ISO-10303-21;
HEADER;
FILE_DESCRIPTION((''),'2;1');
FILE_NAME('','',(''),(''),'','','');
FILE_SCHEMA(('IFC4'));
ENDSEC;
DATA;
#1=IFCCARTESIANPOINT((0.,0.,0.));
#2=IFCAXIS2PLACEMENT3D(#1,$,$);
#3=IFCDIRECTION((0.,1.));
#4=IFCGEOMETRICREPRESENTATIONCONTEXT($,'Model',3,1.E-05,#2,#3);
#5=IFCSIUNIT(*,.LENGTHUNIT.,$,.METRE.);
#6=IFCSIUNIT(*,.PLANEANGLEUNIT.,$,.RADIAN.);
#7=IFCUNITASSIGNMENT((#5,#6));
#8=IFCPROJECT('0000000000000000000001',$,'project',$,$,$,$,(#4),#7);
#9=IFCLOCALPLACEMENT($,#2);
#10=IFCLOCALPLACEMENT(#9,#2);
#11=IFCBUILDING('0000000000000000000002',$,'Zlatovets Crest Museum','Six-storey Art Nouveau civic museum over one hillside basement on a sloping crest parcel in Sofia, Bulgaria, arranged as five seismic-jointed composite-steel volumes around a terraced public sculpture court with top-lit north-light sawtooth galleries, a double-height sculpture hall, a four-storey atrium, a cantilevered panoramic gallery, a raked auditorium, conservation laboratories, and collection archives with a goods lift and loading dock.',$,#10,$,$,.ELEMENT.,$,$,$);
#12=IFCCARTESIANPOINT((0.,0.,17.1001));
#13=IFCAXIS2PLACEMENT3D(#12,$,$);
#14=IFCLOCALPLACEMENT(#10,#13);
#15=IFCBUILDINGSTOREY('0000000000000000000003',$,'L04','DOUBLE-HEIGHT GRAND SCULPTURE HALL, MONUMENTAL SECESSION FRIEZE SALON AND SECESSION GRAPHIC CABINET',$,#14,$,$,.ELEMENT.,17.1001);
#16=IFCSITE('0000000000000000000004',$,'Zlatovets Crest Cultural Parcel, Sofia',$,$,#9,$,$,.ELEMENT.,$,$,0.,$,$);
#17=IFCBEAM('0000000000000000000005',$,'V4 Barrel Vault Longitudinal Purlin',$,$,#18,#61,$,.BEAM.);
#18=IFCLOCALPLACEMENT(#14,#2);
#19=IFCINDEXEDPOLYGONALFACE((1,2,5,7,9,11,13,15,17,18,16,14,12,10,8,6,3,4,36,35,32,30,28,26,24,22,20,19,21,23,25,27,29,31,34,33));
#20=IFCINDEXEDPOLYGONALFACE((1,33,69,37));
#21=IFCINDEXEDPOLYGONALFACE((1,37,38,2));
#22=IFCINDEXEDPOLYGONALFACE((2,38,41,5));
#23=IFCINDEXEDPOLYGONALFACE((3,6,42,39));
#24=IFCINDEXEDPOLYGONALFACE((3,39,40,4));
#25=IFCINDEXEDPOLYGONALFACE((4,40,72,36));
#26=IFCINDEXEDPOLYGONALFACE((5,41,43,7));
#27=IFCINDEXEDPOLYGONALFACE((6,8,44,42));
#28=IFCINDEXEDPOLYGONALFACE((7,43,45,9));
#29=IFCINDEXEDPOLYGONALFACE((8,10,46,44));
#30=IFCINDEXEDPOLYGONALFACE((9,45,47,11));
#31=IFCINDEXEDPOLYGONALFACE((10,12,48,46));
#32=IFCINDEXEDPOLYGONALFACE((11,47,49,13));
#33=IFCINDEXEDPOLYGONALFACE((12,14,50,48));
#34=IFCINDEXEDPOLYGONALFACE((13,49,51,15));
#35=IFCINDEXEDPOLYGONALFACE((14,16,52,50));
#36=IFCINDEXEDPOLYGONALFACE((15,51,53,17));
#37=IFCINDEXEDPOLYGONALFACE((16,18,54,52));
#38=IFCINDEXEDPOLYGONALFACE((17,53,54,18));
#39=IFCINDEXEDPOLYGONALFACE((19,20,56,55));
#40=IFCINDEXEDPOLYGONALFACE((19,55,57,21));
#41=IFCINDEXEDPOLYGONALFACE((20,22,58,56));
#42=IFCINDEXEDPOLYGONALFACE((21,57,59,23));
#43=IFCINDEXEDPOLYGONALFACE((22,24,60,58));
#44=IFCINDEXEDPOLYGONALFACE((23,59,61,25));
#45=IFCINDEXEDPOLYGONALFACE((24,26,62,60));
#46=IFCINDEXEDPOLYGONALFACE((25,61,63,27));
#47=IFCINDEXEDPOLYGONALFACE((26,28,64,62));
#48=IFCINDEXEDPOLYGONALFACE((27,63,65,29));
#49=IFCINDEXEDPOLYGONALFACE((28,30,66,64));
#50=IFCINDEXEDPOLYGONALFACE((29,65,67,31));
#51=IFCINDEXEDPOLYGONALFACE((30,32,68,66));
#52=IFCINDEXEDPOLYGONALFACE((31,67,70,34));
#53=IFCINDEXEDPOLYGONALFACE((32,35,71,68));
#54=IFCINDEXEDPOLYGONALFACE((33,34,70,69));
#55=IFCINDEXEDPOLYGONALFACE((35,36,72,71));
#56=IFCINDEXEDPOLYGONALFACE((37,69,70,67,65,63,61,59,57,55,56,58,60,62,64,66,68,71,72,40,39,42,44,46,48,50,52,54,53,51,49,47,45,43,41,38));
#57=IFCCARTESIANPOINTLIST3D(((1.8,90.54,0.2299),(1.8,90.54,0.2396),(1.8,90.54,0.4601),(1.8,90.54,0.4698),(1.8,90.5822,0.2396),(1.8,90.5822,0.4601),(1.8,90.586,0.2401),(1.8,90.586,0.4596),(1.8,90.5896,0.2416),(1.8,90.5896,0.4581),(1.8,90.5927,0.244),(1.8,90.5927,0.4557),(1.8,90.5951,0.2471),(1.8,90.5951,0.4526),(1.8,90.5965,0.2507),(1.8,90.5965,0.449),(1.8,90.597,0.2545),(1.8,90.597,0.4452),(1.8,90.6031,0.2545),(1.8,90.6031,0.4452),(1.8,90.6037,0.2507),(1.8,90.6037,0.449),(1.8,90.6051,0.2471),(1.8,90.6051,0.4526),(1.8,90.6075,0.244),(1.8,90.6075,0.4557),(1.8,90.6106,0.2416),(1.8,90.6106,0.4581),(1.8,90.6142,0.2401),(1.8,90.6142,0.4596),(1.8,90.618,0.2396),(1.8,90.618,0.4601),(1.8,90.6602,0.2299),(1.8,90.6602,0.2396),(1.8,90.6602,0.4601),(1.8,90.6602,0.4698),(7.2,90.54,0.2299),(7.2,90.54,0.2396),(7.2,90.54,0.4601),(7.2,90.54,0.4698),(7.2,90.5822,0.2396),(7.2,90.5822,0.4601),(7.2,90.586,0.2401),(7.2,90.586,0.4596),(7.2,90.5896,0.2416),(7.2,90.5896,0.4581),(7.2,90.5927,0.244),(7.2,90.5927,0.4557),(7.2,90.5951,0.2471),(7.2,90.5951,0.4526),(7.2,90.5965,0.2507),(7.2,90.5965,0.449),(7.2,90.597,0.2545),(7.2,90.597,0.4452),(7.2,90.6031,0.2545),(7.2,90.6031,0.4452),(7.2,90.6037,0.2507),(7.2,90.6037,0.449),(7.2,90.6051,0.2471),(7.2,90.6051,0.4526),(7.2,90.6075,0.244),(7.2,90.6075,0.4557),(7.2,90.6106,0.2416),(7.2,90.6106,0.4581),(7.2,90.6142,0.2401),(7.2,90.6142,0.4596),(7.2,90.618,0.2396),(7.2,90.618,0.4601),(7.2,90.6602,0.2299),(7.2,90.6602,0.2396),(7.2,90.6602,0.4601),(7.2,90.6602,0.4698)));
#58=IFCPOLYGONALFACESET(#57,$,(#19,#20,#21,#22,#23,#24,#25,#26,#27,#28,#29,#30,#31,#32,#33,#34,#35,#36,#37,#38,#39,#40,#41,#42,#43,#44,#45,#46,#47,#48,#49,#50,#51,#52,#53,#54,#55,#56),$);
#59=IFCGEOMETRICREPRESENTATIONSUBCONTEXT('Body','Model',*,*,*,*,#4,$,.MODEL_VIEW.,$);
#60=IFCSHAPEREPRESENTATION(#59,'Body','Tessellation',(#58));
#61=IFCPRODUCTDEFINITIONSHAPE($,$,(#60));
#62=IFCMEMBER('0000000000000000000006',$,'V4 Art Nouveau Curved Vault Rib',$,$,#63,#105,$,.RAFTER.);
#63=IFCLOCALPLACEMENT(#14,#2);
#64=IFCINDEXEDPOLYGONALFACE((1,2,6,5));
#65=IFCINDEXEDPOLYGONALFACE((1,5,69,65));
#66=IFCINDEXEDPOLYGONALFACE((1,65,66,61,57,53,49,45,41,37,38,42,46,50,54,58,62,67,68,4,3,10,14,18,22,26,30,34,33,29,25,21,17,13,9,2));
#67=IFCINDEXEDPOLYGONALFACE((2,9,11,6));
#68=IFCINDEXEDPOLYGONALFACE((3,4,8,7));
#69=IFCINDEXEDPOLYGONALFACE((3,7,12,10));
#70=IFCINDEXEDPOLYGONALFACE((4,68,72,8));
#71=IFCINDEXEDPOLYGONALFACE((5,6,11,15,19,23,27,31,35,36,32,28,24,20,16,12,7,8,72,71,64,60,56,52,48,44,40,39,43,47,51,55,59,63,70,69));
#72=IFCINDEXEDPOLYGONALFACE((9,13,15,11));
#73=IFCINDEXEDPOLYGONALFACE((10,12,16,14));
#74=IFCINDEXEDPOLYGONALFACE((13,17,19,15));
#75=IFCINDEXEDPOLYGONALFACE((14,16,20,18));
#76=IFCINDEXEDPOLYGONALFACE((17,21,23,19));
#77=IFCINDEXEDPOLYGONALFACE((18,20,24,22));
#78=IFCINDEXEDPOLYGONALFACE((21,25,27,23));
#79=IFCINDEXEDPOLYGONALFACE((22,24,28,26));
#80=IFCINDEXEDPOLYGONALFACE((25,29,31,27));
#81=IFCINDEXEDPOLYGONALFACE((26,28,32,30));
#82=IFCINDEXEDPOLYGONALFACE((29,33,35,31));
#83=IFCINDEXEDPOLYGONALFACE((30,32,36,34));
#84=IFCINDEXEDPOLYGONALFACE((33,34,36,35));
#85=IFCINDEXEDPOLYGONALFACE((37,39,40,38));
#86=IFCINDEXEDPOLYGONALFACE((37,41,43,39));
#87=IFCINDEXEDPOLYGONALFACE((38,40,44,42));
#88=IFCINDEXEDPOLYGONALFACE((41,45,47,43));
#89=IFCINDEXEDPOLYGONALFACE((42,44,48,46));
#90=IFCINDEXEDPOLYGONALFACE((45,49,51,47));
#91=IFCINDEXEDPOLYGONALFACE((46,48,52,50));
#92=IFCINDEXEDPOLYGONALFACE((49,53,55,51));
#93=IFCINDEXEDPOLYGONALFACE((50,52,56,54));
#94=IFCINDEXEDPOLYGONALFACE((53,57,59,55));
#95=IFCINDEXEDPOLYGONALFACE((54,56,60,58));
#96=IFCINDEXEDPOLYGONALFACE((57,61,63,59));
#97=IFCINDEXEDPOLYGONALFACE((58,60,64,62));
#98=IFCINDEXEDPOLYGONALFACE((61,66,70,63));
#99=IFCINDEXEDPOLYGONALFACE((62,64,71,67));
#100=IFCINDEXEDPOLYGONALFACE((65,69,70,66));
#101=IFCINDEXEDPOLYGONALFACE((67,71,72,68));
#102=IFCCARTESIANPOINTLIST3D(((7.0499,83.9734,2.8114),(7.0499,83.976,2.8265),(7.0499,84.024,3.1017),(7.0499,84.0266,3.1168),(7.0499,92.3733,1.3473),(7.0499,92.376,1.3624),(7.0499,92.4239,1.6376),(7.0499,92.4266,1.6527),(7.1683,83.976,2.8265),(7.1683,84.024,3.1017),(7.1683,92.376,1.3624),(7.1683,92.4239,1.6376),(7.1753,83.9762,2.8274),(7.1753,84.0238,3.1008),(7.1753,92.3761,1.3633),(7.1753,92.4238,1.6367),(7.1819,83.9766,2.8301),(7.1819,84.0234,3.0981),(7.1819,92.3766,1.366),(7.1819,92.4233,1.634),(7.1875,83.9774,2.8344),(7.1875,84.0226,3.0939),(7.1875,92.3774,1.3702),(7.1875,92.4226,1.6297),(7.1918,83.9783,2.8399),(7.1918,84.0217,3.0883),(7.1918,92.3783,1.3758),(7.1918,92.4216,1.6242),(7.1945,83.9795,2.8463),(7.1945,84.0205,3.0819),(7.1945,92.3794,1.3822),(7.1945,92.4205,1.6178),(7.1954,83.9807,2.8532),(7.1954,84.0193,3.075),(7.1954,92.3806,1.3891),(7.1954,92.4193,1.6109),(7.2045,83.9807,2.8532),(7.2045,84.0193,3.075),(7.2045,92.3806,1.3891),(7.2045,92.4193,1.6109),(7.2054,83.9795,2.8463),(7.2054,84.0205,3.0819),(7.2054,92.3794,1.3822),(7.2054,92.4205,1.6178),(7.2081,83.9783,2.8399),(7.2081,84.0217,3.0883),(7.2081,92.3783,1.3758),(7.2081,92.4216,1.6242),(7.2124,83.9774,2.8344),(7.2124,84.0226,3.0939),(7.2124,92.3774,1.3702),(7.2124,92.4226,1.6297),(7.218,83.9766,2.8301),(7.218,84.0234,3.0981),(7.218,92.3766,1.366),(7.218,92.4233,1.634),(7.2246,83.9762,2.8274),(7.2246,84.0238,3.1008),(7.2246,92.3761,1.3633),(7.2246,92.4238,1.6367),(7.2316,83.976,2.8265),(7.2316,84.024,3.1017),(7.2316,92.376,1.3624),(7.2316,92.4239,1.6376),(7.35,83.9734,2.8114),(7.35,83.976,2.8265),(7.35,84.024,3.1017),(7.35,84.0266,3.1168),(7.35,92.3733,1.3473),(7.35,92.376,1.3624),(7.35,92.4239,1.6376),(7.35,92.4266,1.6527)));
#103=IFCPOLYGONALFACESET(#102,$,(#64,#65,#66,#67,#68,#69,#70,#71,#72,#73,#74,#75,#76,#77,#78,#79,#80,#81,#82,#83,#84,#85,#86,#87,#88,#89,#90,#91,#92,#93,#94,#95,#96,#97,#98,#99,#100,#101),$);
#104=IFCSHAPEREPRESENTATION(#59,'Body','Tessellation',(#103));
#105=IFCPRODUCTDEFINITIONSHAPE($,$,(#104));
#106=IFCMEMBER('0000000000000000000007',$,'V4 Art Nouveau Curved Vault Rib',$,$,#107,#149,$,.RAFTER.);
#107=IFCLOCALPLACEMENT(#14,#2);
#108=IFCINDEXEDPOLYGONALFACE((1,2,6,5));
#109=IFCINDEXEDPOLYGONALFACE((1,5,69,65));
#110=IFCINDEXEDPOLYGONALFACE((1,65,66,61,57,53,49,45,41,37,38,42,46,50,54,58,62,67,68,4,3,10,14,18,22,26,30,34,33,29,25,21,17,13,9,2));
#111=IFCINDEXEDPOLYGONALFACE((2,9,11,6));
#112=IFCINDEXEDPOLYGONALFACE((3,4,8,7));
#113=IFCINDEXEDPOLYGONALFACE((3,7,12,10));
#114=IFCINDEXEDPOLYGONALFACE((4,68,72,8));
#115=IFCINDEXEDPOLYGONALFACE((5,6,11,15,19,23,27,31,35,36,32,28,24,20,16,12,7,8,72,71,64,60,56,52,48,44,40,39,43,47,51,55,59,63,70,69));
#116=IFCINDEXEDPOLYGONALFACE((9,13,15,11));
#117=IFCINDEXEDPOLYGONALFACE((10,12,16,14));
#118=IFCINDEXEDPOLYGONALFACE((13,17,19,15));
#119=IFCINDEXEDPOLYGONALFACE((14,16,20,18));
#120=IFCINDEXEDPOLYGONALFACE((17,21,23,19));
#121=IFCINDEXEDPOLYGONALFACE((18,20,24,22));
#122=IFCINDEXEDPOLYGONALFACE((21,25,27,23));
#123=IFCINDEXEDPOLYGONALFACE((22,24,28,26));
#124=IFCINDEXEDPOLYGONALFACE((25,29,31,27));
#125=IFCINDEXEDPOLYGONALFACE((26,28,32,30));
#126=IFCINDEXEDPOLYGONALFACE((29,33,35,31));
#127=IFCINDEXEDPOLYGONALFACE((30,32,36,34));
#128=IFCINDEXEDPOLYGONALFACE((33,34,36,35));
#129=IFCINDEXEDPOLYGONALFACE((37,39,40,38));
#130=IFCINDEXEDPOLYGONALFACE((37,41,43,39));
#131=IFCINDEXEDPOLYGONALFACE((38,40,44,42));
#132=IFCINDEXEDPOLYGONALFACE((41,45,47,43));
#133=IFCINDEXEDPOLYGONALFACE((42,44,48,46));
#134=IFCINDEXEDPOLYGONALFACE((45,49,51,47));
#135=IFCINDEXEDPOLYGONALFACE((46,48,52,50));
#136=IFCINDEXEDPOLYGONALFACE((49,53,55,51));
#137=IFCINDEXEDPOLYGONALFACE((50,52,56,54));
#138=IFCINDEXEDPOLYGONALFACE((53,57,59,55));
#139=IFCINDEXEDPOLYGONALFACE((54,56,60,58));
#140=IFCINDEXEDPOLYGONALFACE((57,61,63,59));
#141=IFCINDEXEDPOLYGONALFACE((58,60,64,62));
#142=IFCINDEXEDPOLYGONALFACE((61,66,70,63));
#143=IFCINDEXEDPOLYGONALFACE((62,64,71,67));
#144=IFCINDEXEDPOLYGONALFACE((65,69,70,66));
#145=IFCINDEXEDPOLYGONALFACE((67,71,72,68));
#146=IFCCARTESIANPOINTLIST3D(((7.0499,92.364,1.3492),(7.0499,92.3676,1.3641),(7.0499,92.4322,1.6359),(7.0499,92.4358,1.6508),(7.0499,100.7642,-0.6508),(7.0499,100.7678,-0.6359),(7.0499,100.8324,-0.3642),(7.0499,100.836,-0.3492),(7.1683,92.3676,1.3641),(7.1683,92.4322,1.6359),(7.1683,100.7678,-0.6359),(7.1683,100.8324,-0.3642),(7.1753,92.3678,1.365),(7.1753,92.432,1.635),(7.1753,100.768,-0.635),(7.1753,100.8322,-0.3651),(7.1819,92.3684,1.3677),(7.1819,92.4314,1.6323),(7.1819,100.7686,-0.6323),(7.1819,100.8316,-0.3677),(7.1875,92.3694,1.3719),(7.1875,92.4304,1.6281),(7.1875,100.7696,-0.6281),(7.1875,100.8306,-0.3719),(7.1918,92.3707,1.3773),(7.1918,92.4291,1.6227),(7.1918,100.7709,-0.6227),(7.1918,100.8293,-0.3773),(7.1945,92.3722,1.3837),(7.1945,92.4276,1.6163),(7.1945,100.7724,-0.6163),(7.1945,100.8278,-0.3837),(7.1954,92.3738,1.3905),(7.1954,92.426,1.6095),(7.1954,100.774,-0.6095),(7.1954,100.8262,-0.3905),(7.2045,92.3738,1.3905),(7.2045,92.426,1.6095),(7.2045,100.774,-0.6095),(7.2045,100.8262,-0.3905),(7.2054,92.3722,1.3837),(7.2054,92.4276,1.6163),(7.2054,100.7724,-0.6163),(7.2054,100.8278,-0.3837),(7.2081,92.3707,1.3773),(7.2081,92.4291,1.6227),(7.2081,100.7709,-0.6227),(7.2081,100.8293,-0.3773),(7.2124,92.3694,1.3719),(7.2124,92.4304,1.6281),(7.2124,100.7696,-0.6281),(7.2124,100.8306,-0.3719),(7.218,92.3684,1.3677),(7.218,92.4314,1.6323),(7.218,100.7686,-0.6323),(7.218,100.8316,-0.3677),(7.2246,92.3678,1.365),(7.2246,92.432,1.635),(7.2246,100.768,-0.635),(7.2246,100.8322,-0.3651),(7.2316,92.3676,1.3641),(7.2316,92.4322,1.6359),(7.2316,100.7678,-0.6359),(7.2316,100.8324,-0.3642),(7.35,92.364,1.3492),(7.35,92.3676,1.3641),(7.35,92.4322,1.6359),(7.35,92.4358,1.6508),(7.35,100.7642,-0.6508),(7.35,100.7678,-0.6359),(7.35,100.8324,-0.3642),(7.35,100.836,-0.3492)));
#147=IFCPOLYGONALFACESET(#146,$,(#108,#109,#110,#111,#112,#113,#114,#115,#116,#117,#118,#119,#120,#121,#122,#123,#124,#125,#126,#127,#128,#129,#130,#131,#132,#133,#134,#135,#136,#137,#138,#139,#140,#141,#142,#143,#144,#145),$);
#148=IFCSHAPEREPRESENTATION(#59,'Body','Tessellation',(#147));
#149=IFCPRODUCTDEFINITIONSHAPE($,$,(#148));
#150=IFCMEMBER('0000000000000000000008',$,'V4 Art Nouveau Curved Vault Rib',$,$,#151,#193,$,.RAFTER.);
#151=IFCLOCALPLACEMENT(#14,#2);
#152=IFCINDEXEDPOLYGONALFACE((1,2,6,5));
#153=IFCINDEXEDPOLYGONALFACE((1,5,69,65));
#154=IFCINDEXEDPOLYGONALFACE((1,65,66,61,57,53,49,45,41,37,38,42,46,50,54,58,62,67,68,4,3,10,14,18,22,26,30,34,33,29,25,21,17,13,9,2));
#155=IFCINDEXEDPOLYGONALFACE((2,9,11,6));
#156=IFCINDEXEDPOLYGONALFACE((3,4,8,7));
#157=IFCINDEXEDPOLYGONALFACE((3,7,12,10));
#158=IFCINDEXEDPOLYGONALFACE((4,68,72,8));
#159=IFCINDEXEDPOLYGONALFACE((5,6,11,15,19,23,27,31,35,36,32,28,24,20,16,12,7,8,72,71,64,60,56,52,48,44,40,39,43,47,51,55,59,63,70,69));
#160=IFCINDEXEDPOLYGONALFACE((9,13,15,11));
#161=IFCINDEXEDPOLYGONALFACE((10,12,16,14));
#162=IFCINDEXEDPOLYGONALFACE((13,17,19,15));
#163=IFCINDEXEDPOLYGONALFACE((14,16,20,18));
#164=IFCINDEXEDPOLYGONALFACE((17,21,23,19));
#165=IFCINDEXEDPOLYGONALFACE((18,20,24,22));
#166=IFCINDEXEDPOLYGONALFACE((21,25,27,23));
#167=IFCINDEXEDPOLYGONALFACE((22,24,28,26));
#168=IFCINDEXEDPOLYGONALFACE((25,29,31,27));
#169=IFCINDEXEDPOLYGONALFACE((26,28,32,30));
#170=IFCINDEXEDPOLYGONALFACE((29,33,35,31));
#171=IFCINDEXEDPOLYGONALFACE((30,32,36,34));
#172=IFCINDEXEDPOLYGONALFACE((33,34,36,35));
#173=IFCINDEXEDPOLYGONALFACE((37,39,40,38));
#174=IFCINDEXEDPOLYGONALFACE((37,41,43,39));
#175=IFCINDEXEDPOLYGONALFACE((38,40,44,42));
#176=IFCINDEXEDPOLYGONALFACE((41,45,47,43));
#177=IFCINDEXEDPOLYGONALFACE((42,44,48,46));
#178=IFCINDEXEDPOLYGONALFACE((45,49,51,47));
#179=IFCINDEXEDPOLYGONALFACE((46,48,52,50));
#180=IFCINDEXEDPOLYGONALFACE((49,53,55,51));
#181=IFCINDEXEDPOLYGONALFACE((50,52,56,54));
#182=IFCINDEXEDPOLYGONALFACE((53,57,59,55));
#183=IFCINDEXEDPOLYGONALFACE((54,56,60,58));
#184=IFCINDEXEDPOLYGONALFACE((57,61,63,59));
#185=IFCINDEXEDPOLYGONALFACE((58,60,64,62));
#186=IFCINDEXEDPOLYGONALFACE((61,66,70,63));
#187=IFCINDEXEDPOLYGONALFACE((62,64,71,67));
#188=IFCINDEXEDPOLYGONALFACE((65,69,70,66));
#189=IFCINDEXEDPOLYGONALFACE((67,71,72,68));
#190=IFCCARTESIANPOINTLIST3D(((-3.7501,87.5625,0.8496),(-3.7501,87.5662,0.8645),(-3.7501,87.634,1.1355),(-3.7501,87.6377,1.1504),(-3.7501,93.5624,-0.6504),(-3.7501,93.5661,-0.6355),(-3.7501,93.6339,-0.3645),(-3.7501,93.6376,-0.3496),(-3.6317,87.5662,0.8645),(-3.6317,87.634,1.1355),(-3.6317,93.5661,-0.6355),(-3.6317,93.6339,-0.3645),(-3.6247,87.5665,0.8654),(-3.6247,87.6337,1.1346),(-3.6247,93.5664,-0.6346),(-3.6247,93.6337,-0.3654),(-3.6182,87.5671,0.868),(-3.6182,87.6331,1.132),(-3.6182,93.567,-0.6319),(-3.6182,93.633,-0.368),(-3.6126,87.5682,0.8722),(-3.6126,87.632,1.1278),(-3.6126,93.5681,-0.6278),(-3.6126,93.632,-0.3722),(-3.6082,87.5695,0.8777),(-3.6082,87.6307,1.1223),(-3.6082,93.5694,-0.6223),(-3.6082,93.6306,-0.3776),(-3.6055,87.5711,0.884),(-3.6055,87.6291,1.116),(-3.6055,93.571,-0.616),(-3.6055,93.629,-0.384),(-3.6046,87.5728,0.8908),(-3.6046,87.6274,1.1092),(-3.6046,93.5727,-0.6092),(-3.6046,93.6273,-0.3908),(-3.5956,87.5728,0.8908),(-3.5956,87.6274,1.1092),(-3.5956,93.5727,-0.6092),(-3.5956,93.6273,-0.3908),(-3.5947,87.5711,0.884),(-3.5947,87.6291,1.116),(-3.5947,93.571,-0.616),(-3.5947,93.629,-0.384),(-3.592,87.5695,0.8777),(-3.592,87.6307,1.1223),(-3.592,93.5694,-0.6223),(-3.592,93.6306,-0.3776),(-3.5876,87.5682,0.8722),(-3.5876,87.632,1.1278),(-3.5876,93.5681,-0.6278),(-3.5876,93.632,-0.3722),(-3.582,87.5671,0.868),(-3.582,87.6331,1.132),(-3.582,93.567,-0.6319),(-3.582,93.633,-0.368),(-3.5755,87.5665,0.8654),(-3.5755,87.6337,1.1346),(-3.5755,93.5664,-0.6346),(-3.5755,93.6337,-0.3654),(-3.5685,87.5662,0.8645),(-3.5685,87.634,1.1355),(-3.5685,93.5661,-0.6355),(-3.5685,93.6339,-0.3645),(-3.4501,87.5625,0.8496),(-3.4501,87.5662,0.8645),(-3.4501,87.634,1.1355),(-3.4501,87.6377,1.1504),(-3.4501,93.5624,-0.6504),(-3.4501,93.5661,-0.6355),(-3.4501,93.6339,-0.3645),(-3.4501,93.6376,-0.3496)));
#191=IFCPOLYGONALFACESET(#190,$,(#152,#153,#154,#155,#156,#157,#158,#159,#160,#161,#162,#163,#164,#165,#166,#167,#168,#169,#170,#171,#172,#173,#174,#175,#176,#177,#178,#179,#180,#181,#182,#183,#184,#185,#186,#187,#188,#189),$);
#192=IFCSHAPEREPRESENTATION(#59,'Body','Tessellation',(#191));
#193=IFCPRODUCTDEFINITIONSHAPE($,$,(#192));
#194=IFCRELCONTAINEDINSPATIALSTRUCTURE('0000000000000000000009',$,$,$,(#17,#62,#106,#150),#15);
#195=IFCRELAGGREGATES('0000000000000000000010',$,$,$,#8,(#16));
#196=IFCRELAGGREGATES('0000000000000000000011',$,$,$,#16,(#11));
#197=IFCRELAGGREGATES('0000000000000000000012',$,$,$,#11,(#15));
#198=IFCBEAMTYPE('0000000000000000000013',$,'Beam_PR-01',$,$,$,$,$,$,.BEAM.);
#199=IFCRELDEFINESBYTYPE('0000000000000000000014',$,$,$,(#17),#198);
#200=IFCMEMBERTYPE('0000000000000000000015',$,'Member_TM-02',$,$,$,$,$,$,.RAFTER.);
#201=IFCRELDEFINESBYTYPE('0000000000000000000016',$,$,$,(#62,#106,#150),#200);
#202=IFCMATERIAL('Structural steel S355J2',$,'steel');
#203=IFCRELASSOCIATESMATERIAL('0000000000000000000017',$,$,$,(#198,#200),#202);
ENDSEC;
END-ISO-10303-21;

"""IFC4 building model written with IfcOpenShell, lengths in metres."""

from ifc_helpers import new_model, si_unit, direction, frame, origin, origin_2d, place, context, subcontext, project, spatial, i_section, extrude, material, material_profile, profile_set, type_object, element, save


model = new_model("IFC4")

# Units and contexts
model_context = context("Model", 3, precision=1e-05, world=origin(), true_north=direction((0.0, 1.0)))
body_context = subcontext(model_context, "Body", "Model", "MODEL_VIEW")
ifc_project = project(units=[si_unit("LENGTHUNIT", "METRE"), si_unit("PLANEANGLEUNIT", "RADIAN")], contexts=[model_context])

# Site, building, storey
site_placement = place(None, origin())
site = spatial("IfcSite", under=ifc_project, at=site_placement, Name="Zlatovets Crest Cultural Parcel, Sofia", CompositionType="ELEMENT", RefElevation=0.0)
building_placement = place(site_placement, origin())
building = spatial("IfcBuilding", under=site, at=building_placement, Name="Zlatovets Crest Museum", Description="Six-storey Art Nouveau civic museum over one hillside basement on a sloping crest parcel in Sofia, Bulgaria, arranged as five seismic-jointed composite-steel volumes around a terraced public sculpture court with top-lit north-light sawtooth galleries, a double-height sculpture hall, a four-storey atrium, a cantilevered panoramic gallery, a raked auditorium, conservation laboratories, and collection archives with a goods lift and loading dock.", CompositionType="ELEMENT")
storey_placement = place(building_placement, frame((0.0, 0.0, 17.1001)))
storey = spatial("IfcBuildingStorey", under=building, at=storey_placement, Name="L04", Description="DOUBLE-HEIGHT GRAND SCULPTURE HALL, MONUMENTAL SECESSION FRIEZE SALON AND SECESSION GRAPHIC CABINET", CompositionType="ELEMENT", Elevation=17.1001)

# Beam
ifc_material_1 = material(Name="Structural steel S355J2", Category="steel")
ifc_material_profile_1 = material_profile(ifc_material_1, i_section(OverallWidth=0.1201, OverallDepth=0.24, WebThickness=0.0061, FlangeThickness=0.0098, FilletRadius=0.0149, at=origin_2d()), Name="IPE 240")
ifc_profile_set_1 = profile_set([ifc_material_profile_1], Name="Structural steel S355J2")
beam_type_1 = type_object("IfcBeamType", Name="Beam_PR-01", PredefinedType="BEAM", material=ifc_profile_set_1)
for number, where, z_axis, x_axis, name in (
    (1, (1.8, 90.6001, 0.3499), (1.0, 0.0, 0.0), (0.0, 1.0, 0.0), "V4 Barrel Vault Longitudinal Purlin"),
):
    element("IfcBeam", number, at=place(storey_placement, frame(where, z_axis=z_axis, x_axis=x_axis)), inside=storey, type_object=beam_type_1, Name=name, PredefinedType="BEAM", context=body_context, shape_type="SweptSolid", body=[
        extrude(i_section(OverallWidth=0.1201, OverallDepth=0.24, WebThickness=0.0061, FlangeThickness=0.0098, FilletRadius=0.0149, at=origin_2d()), origin(), (0.0, 0.0, 1.0), 5.3999),
    ])

# Members
ifc_material_profile_2 = material_profile(ifc_material_1, i_section(OverallWidth=0.3, OverallDepth=0.3101, WebThickness=0.009, FlangeThickness=0.0154, FilletRadius=0.0271, at=origin_2d()), Name="HEA 320")
ifc_profile_set_2 = profile_set([ifc_material_profile_2], Name="Structural steel S355J2")
member_type_1 = type_object("IfcMemberType", Name="Member_TM-02", PredefinedType="RAFTER", material=ifc_profile_set_2)
member_1_placement = place(storey_placement, frame((7.2, 84.0, 2.9641), z_axis=(0.0, 0.985147, -0.171712), x_axis=(-1.0, 0.0, 0.0)))
element("IfcMember", 2, at=member_1_placement, inside=storey, type_object=member_type_1, Name="V4 Art Nouveau Curved Vault Rib", PredefinedType="RAFTER", context=body_context, shape_type="SweptSolid", body=[
    extrude(i_section(OverallWidth=0.3, OverallDepth=0.3101, WebThickness=0.009, FlangeThickness=0.0154, FilletRadius=0.0271, at=origin_2d()), origin(), (0.0, 0.0, 1.0), 8.5266),
])
member_2_placement = place(storey_placement, frame((7.2, 92.3999, 1.5), z_axis=(0.0, 0.972807, -0.231617), x_axis=(-1.0, 0.0, 0.0)))
element("IfcMember", 3, at=member_2_placement, inside=storey, type_object=member_type_1, Name="V4 Art Nouveau Curved Vault Rib", PredefinedType="RAFTER", context=body_context, shape_type="SweptSolid", body=[
    extrude(i_section(OverallWidth=0.3, OverallDepth=0.3101, WebThickness=0.009, FlangeThickness=0.0154, FilletRadius=0.0271, at=origin_2d()), origin(), (0.0, 0.0, 1.0), 8.635),
])
for number, where, z_axis, x_axis, name in (
    (4, (-3.6001, 87.6001, 1.0), (0.0, 0.970143, -0.242536), (-1.0, 0.0, 0.0), "V4 Art Nouveau Curved Vault Rib"),
):
    element("IfcMember", number, at=place(storey_placement, frame(where, z_axis=z_axis, x_axis=x_axis)), inside=storey, type_object=member_type_1, Name=name, PredefinedType="RAFTER", context=body_context, shape_type="SweptSolid", body=[
        extrude(i_section(OverallWidth=0.3, OverallDepth=0.3101, WebThickness=0.009, FlangeThickness=0.0154, FilletRadius=0.0271, at=origin_2d()), origin(), (0.0, 0.0, 1.0), 6.1846),
    ])

save(model, "model.ifc")
